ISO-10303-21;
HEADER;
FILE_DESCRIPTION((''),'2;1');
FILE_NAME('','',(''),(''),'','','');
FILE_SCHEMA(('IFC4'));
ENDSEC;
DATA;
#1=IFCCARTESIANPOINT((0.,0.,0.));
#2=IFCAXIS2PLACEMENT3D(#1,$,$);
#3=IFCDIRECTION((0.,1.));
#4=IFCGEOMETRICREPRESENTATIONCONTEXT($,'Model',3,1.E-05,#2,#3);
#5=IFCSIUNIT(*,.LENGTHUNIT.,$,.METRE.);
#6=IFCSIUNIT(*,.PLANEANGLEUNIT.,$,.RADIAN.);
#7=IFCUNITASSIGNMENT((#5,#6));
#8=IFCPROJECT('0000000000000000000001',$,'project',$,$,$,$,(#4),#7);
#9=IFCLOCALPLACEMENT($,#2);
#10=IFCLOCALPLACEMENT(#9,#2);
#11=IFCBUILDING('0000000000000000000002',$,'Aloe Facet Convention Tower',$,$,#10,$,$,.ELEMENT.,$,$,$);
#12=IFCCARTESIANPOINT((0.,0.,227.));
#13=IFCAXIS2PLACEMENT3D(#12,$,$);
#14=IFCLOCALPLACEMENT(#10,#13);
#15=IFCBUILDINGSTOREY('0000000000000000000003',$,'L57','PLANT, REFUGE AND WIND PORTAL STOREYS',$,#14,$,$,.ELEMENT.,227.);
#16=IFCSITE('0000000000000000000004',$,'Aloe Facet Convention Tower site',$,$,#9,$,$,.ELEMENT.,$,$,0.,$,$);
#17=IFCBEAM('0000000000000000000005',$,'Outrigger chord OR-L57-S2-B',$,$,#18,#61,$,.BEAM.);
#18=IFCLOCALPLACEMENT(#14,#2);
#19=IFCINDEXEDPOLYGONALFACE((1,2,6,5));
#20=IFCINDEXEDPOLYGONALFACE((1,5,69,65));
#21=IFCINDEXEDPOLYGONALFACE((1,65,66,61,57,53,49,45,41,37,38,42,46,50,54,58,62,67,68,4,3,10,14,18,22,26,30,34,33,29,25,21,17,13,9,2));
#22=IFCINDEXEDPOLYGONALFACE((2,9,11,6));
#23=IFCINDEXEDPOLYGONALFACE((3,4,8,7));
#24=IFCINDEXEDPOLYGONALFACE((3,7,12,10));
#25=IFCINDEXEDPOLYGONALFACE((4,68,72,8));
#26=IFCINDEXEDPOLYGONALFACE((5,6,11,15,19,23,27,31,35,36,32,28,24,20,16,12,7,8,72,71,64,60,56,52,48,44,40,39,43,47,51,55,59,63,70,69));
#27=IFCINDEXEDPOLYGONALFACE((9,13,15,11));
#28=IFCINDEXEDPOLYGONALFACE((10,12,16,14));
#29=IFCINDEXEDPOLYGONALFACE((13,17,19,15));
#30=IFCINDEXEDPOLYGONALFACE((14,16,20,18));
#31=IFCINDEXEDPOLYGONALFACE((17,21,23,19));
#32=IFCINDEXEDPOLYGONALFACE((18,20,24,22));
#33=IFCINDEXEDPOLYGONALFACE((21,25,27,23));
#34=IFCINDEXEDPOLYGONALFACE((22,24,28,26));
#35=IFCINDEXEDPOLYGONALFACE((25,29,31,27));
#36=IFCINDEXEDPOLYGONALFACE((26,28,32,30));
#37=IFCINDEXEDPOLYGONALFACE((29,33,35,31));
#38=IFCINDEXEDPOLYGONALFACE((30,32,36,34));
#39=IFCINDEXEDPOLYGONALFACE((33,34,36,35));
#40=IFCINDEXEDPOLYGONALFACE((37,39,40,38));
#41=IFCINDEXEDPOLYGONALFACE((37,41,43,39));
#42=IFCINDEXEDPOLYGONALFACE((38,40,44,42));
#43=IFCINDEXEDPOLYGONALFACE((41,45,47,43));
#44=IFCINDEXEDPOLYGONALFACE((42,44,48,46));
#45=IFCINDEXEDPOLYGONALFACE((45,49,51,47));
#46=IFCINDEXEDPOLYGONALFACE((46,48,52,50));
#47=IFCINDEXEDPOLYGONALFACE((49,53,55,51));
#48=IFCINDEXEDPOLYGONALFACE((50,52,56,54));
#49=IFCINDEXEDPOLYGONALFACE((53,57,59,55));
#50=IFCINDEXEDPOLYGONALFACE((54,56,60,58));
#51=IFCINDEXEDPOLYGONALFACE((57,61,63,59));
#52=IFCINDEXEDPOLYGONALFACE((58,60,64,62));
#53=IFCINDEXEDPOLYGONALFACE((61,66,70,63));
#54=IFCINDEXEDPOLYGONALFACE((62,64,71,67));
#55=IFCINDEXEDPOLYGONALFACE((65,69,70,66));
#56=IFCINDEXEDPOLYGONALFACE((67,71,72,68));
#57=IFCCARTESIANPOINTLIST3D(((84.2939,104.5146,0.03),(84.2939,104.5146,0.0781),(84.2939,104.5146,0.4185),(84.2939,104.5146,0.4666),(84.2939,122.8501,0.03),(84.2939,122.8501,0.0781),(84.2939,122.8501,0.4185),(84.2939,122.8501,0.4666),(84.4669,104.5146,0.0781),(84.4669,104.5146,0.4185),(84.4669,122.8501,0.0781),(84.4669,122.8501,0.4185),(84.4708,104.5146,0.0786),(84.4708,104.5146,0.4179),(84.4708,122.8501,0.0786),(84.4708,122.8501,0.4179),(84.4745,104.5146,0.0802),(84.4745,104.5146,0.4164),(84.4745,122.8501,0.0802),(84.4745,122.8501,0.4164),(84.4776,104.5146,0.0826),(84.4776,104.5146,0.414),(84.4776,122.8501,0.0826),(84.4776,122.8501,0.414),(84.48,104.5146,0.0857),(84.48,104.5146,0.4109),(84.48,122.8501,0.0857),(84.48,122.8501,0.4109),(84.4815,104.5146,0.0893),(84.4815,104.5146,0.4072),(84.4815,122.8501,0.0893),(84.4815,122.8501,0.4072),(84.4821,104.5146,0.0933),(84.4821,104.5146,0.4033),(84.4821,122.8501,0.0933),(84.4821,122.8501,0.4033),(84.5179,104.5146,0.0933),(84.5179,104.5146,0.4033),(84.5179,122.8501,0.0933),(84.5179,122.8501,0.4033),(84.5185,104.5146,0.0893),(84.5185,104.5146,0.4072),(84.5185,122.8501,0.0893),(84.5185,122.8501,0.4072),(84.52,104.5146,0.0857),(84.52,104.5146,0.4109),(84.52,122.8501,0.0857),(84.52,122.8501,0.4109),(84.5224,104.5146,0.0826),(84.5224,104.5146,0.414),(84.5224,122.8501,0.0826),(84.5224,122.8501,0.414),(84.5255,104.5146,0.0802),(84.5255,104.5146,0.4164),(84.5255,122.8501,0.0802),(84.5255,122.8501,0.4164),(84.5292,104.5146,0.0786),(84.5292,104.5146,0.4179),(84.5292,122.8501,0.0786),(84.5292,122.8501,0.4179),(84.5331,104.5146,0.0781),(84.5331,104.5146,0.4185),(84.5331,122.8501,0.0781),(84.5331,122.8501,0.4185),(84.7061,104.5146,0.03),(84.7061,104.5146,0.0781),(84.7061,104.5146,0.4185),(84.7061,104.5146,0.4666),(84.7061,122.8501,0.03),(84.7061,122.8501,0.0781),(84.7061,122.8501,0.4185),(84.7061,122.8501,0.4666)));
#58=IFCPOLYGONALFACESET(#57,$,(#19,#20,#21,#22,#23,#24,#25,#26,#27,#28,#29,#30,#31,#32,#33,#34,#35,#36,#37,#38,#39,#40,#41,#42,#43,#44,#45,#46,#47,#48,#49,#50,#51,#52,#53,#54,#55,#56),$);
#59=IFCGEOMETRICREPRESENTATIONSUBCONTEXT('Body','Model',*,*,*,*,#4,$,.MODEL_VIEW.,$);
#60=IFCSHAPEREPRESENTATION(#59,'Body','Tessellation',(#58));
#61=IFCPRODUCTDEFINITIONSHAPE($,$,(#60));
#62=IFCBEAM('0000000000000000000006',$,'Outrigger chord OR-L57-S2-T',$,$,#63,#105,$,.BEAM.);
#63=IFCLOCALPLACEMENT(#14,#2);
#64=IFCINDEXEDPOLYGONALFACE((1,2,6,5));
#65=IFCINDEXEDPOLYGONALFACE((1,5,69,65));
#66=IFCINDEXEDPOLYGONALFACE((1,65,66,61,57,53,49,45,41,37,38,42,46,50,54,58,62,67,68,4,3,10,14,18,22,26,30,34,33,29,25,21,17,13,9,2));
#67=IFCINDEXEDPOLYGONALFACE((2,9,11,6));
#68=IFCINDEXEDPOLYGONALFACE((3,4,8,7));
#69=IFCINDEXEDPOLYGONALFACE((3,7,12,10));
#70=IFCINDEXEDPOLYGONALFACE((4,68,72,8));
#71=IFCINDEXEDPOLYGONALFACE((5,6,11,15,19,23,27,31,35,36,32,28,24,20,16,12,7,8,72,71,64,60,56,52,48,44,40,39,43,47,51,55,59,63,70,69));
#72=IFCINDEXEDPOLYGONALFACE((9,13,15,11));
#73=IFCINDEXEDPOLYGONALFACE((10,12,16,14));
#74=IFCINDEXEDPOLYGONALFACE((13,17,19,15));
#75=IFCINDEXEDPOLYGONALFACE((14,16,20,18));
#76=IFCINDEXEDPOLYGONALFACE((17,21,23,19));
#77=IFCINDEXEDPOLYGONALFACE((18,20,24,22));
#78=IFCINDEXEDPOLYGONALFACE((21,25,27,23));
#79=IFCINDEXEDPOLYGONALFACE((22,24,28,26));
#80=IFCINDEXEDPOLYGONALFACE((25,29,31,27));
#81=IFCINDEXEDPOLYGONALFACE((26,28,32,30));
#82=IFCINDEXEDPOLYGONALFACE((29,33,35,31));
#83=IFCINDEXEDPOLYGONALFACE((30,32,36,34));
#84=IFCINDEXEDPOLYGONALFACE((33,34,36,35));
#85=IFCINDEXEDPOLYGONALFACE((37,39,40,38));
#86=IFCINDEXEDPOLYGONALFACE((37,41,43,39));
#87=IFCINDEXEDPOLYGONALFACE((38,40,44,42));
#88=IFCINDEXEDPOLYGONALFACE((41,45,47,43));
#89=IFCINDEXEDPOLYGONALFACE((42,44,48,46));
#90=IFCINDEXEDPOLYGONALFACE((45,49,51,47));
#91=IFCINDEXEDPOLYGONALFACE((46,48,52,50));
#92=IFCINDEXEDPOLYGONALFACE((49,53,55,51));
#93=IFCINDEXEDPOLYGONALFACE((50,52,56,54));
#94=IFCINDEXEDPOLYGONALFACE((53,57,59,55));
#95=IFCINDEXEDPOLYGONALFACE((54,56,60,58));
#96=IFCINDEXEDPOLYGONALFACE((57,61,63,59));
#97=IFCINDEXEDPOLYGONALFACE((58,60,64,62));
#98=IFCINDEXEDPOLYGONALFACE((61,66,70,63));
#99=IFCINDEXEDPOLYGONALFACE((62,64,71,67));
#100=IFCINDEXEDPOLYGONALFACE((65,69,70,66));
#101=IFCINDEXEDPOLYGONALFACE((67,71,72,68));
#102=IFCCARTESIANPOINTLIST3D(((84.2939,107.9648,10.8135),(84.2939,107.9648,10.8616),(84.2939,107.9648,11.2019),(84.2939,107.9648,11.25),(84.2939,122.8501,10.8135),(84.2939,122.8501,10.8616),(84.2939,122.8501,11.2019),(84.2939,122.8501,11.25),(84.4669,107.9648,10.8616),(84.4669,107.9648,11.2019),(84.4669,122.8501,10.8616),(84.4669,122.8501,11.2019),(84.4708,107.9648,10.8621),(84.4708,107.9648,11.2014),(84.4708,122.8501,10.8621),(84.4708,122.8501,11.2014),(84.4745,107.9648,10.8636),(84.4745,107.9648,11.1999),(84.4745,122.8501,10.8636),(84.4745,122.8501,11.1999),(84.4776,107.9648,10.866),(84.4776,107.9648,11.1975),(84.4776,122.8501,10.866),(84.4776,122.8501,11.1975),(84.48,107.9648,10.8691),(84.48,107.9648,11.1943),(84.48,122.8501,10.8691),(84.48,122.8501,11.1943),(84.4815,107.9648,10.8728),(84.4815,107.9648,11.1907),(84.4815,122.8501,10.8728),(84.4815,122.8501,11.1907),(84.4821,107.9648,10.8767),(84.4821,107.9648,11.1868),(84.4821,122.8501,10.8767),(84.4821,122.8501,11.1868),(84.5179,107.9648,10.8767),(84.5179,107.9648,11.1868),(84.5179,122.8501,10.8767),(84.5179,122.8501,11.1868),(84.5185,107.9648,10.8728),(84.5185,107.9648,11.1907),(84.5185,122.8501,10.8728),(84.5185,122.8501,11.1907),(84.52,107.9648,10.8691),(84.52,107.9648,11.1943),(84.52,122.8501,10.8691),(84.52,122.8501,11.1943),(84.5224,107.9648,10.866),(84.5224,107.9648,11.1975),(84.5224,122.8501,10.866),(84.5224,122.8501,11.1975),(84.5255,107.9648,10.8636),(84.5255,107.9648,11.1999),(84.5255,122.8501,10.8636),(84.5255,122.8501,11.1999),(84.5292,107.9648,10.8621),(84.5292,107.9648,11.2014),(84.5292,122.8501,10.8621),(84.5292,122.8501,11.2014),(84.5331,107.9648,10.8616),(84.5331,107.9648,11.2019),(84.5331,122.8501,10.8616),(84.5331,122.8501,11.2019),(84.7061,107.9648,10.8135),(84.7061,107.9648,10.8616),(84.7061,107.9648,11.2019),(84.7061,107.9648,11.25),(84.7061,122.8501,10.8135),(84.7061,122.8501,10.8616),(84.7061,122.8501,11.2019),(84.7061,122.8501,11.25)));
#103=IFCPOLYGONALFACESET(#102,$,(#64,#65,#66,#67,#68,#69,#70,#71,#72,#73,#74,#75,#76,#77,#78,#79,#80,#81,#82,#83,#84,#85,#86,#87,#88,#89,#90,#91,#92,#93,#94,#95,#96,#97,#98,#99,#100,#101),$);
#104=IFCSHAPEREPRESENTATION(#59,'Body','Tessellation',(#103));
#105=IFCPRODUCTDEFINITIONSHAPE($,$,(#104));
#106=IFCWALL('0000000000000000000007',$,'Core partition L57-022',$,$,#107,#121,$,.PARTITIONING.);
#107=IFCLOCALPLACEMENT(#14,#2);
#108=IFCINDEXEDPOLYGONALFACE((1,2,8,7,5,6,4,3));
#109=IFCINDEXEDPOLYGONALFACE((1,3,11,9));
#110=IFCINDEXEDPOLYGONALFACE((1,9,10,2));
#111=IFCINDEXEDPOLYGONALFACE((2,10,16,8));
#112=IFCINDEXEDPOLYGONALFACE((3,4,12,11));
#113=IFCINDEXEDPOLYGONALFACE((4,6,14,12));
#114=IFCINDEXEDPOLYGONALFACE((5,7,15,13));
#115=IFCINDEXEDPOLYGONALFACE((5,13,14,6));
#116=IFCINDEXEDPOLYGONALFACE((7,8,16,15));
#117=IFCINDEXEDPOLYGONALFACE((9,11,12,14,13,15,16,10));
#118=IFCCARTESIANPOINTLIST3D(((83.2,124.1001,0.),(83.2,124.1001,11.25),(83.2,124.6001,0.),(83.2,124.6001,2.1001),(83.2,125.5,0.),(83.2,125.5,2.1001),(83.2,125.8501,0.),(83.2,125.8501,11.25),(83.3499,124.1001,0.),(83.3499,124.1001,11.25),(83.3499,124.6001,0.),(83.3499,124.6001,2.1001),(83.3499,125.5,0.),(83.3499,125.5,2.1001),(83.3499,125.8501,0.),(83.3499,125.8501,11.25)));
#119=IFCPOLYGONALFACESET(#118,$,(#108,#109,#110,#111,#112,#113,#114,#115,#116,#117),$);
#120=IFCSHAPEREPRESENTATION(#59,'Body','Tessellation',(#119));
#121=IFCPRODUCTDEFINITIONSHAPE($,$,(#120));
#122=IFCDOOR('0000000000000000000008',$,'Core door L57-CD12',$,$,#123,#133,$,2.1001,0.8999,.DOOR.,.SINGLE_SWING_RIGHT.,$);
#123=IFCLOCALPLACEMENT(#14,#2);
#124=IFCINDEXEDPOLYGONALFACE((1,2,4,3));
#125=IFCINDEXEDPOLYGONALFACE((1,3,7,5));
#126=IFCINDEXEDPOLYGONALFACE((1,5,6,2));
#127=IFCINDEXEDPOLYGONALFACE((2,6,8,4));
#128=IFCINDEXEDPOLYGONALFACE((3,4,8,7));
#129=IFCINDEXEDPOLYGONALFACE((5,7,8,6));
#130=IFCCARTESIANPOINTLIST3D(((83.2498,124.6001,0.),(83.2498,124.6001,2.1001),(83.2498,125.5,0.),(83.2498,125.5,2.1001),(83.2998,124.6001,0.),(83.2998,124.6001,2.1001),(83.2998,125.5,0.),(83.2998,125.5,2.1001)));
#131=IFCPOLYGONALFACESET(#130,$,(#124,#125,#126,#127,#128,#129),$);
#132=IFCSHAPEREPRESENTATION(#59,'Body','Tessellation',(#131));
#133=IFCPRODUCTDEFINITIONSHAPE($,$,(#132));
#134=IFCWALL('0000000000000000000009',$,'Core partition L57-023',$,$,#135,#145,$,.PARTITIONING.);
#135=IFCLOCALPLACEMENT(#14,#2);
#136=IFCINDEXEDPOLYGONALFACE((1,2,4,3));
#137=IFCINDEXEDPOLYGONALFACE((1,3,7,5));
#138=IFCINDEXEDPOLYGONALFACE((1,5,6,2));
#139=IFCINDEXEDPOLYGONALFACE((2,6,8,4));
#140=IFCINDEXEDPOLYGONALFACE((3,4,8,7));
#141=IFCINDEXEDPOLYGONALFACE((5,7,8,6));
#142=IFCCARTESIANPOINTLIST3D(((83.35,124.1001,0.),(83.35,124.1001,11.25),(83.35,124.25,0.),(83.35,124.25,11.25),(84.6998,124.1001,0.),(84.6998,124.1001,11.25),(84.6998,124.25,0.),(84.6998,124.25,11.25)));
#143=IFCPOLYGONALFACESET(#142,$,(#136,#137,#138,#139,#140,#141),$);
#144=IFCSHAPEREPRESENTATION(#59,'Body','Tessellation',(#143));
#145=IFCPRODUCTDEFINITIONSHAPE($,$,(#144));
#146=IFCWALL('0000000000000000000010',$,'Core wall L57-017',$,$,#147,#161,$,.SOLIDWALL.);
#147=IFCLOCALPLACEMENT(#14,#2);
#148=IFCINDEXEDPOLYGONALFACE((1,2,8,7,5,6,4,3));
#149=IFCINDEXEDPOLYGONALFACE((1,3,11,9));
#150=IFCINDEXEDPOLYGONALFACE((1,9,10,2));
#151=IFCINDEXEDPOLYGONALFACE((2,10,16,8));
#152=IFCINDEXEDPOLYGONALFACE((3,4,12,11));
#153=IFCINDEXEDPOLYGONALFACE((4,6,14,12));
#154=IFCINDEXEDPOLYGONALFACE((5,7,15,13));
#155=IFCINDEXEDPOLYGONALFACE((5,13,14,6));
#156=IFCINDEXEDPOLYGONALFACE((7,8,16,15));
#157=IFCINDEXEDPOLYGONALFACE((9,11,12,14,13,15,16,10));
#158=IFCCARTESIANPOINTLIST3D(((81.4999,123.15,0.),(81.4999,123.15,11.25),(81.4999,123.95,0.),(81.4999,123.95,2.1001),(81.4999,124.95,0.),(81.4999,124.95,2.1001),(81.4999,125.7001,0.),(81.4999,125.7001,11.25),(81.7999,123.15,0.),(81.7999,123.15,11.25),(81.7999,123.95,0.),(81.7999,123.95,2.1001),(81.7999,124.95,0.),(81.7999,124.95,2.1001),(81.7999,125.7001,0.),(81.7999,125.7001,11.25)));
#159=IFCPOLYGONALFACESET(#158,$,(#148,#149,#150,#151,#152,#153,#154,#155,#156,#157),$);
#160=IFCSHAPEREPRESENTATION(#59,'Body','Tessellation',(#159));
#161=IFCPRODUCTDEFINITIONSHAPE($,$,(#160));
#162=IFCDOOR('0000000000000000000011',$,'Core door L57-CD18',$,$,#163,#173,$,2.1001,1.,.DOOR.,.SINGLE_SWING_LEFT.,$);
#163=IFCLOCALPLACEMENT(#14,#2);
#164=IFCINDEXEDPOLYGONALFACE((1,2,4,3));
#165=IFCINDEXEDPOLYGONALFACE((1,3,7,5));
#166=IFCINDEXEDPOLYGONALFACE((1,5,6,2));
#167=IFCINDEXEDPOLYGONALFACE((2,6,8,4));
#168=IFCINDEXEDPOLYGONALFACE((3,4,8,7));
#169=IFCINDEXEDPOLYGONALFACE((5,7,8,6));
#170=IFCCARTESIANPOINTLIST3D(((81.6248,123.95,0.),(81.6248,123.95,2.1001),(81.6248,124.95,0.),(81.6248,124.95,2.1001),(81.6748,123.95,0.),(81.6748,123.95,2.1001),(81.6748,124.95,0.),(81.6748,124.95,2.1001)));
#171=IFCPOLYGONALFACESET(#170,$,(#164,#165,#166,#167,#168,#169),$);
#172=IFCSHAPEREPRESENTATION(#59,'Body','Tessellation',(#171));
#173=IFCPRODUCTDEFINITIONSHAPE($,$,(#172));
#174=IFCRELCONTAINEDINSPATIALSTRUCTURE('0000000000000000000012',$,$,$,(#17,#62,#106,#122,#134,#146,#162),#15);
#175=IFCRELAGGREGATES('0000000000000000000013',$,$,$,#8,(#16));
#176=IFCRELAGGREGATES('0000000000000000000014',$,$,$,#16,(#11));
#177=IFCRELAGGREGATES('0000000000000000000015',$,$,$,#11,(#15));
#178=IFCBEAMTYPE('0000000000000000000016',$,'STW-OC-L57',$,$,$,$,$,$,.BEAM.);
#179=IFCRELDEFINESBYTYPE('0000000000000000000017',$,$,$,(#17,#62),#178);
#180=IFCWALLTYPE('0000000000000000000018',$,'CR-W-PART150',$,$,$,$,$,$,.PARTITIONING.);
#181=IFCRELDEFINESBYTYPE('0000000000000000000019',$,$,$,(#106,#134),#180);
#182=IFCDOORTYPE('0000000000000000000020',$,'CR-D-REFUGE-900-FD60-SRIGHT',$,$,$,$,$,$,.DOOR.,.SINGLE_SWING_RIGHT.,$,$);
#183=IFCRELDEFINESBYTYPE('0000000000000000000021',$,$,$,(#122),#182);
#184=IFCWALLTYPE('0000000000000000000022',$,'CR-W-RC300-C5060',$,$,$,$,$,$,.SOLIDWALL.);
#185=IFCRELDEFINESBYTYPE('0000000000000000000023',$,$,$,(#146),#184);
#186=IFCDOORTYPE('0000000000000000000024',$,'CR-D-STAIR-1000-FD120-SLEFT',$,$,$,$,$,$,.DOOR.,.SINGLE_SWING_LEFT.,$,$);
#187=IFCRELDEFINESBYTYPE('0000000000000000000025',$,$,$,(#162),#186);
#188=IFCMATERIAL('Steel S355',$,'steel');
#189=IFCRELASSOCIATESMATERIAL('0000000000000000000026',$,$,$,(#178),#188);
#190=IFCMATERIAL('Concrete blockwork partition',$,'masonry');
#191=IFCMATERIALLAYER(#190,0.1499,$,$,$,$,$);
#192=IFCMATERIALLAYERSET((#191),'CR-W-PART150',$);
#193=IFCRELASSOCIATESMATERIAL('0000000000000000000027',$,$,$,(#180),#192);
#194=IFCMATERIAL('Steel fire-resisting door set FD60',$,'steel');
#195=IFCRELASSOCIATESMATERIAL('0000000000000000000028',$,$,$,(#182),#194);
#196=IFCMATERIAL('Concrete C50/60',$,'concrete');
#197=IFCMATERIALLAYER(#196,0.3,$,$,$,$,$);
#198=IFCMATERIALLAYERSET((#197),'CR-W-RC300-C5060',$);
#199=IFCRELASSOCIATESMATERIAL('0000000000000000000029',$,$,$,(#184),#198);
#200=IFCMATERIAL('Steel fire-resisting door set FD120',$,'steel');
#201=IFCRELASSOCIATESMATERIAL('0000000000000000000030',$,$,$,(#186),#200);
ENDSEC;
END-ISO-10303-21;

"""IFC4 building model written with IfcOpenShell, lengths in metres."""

from ifc_helpers import new_model, si_unit, direction, frame, frame_2d, origin, origin_2d, place, context, subcontext, project, spatial, rectangle, i_section, extrude, material, layer, layer_set, material_profile, profile_set, type_object, element, fill, save


model = new_model("IFC4")

# Units and contexts
model_context = context("Model", 3, precision=1e-05, world=origin(), true_north=direction((0.0, 1.0)))
body_context = subcontext(model_context, "Body", "Model", "MODEL_VIEW")
ifc_project = project(units=[si_unit("LENGTHUNIT", "METRE"), si_unit("PLANEANGLEUNIT", "RADIAN")], contexts=[model_context])

# Site, building, storey
site_placement = place(None, origin())
site = spatial("IfcSite", under=ifc_project, at=site_placement, Name="Aloe Facet Convention Tower site", CompositionType="ELEMENT", RefElevation=0.0)
building_placement = place(site_placement, origin())
building = spatial("IfcBuilding", under=site, at=building_placement, Name="Aloe Facet Convention Tower", CompositionType="ELEMENT")
storey_placement = place(building_placement, frame((0.0, 0.0, 227.0)))
storey = spatial("IfcBuildingStorey", under=building, at=storey_placement, Name="L57", Description="PLANT, REFUGE AND WIND PORTAL STOREYS", CompositionType="ELEMENT", Elevation=227.0)

# Beams
ifc_material_1 = material(Name="Steel S355", Category="steel")
ifc_material_profile_1 = material_profile(ifc_material_1, i_section(OverallWidth=0.4121, OverallDepth=0.4365, WebThickness=0.0359, FlangeThickness=0.0481, FilletRadius=0.0151, at=origin_2d()), Name="UC 356x406x467")
ifc_profile_set_1 = profile_set([ifc_material_profile_1], Name="Steel S355")
beam_type_1 = type_object("IfcBeamType", Name="STW-OC-L57", PredefinedType="BEAM", material=ifc_profile_set_1)
beam_1_placement = place(storey_placement, frame((84.5, 122.8501, 0.2483), z_axis=(0.0, -1.0, 0.0), x_axis=(1.0, 0.0, 0.0)))
element("IfcBeam", 1, at=beam_1_placement, inside=storey, type_object=beam_type_1, Name="Outrigger chord OR-L57-S2-B", PredefinedType="BEAM", context=body_context, shape_type="SweptSolid", body=[
    extrude(i_section(OverallWidth=0.4121, OverallDepth=0.4365, WebThickness=0.0359, FlangeThickness=0.0481, FilletRadius=0.0151, at=origin_2d()), origin(), (0.0, 0.0, 1.0), 18.3354),
])
beam_2_placement = place(storey_placement, frame((84.5, 122.8501, 11.0317), z_axis=(0.0, -1.0, 0.0), x_axis=(1.0, 0.0, 0.0)))
element("IfcBeam", 2, at=beam_2_placement, inside=storey, type_object=beam_type_1, Name="Outrigger chord OR-L57-S2-T", PredefinedType="BEAM", context=body_context, shape_type="SweptSolid", body=[
    extrude(i_section(OverallWidth=0.4121, OverallDepth=0.4365, WebThickness=0.0359, FlangeThickness=0.0481, FilletRadius=0.0151, at=origin_2d()), origin(), (0.0, 0.0, 1.0), 14.8853),
])

# Wall, opening, door
ifc_material_2 = material(Name="Concrete blockwork partition", Category="masonry")
ifc_layer_1 = layer(ifc_material_2, 0.1499)
ifc_layer_set_1 = layer_set([ifc_layer_1], Name="CR-W-PART150")
wall_type_1 = type_object("IfcWallType", Name="CR-W-PART150", PredefinedType="PARTITIONING", material=ifc_layer_set_1)
wall_1_placement = place(storey_placement, frame((83.2749, 125.8501, 0.0), z_axis=(0.0, 0.0, 1.0), x_axis=(0.0, -1.0, 0.0)))
wall_1 = element("IfcWall", 3, at=wall_1_placement, inside=storey, type_object=wall_type_1, Name="Core partition L57-022", PredefinedType="PARTITIONING", context=body_context, shape_type="SweptSolid", body=[
    extrude(rectangle(XDim=1.75, YDim=0.1499, at=frame_2d((0.875, 0.0))), origin(), (0.0, 0.0, 1.0), 11.25),
])
opening_1_placement = place(wall_1_placement, frame((0.3501, 0.0, 0.0)))
opening_1 = element("IfcOpeningElement", 4, at=opening_1_placement, cuts=wall_1, PredefinedType="OPENING", context=body_context, shape_type="SweptSolid", body=[
    extrude(rectangle(XDim=0.8999, YDim=2.1001, at=frame_2d((0.45, 1.05))), frame((0.0, 0.085, 0.0), z_axis=(0.0, -1.0, 0.0), x_axis=(1.0, 0.0, 0.0)), (0.0, 0.0, 1.0), 0.1699),
])
ifc_material_3 = material(Name="Steel fire-resisting door set FD60", Category="steel")
door_type_1 = type_object("IfcDoorType", Name="CR-D-REFUGE-900-FD60-SRIGHT", OperationType="SINGLE_SWING_RIGHT", PredefinedType="DOOR", material=ifc_material_3)
door_1_placement = place(opening_1_placement, origin())
door_1 = element("IfcDoor", 5, at=door_1_placement, inside=storey, type_object=door_type_1, Name="Core door L57-CD12", OperationType="SINGLE_SWING_RIGHT", OverallHeight=2.1001, OverallWidth=0.8999, PredefinedType="DOOR", context=body_context, shape_type="SweptSolid", body=[
    extrude(rectangle(XDim=0.8999, YDim=2.1001, at=frame_2d((0.45, 1.05))), frame((0.0, 0.0249, 0.0), z_axis=(0.0, -1.0, 0.0), x_axis=(1.0, 0.0, 0.0)), (0.0, 0.0, 1.0), 0.05),
])
fill(opening_1, door_1)

# Wall
wall_2_placement = place(storey_placement, frame((83.3501, 124.175, 0.0), z_axis=(0.0, 0.0, 1.0), x_axis=(1.0, 0.0, 0.0)))
element("IfcWall", 6, at=wall_2_placement, inside=storey, type_object=wall_type_1, Name="Core partition L57-023", PredefinedType="PARTITIONING", context=body_context, shape_type="SweptSolid", body=[
    extrude(rectangle(XDim=1.3499, YDim=0.1499, at=frame_2d((0.6748, 0.0))), origin(), (0.0, 0.0, 1.0), 11.25),
])

# Wall, opening, door
ifc_material_4 = material(Name="Concrete C50/60", Category="concrete")
ifc_layer_2 = layer(ifc_material_4, 0.3)
ifc_layer_set_2 = layer_set([ifc_layer_2], Name="CR-W-RC300-C5060")
wall_type_2 = type_object("IfcWallType", Name="CR-W-RC300-C5060", PredefinedType="SOLIDWALL", material=ifc_layer_set_2)
wall_3_placement = place(storey_placement, frame((81.6499, 125.7, 0.0), z_axis=(0.0, 0.0, 1.0), x_axis=(0.0, -1.0, 0.0)))
wall_3 = element("IfcWall", 7, at=wall_3_placement, inside=storey, type_object=wall_type_2, Name="Core wall L57-017", PredefinedType="SOLIDWALL", context=body_context, shape_type="SweptSolid", body=[
    extrude(rectangle(XDim=2.55, YDim=0.3, at=frame_2d((1.2749, 0.0))), origin(), (0.0, 0.0, 1.0), 11.25),
])
opening_2_placement = place(wall_3_placement, frame((0.75, 0.0, 0.0)))
opening_2 = element("IfcOpeningElement", 8, at=opening_2_placement, cuts=wall_3, PredefinedType="OPENING", context=body_context, shape_type="SweptSolid", body=[
    extrude(rectangle(XDim=1.0, YDim=2.1001, at=frame_2d((0.5, 1.05))), frame((0.0, 0.1602, 0.0), z_axis=(0.0, -1.0, 0.0), x_axis=(1.0, 0.0, 0.0)), (0.0, 0.0, 1.0), 0.3201),
])
ifc_material_5 = material(Name="Steel fire-resisting door set FD120", Category="steel")
door_type_2 = type_object("IfcDoorType", Name="CR-D-STAIR-1000-FD120-SLEFT", OperationType="SINGLE_SWING_LEFT", PredefinedType="DOOR", material=ifc_material_5)
door_2_placement = place(opening_2_placement, origin())
door_2 = element("IfcDoor", 9, at=door_2_placement, inside=storey, type_object=door_type_2, Name="Core door L57-CD18", OperationType="SINGLE_SWING_LEFT", OverallHeight=2.1001, OverallWidth=1.0, PredefinedType="DOOR", context=body_context, shape_type="SweptSolid", body=[
    extrude(rectangle(XDim=1.0, YDim=2.1001, at=frame_2d((0.5, 1.05))), frame((0.0, 0.0249, 0.0), z_axis=(0.0, -1.0, 0.0), x_axis=(1.0, 0.0, 0.0)), (0.0, 0.0, 1.0), 0.05),
])
fill(opening_2, door_2)

save(model, "model.ifc")
